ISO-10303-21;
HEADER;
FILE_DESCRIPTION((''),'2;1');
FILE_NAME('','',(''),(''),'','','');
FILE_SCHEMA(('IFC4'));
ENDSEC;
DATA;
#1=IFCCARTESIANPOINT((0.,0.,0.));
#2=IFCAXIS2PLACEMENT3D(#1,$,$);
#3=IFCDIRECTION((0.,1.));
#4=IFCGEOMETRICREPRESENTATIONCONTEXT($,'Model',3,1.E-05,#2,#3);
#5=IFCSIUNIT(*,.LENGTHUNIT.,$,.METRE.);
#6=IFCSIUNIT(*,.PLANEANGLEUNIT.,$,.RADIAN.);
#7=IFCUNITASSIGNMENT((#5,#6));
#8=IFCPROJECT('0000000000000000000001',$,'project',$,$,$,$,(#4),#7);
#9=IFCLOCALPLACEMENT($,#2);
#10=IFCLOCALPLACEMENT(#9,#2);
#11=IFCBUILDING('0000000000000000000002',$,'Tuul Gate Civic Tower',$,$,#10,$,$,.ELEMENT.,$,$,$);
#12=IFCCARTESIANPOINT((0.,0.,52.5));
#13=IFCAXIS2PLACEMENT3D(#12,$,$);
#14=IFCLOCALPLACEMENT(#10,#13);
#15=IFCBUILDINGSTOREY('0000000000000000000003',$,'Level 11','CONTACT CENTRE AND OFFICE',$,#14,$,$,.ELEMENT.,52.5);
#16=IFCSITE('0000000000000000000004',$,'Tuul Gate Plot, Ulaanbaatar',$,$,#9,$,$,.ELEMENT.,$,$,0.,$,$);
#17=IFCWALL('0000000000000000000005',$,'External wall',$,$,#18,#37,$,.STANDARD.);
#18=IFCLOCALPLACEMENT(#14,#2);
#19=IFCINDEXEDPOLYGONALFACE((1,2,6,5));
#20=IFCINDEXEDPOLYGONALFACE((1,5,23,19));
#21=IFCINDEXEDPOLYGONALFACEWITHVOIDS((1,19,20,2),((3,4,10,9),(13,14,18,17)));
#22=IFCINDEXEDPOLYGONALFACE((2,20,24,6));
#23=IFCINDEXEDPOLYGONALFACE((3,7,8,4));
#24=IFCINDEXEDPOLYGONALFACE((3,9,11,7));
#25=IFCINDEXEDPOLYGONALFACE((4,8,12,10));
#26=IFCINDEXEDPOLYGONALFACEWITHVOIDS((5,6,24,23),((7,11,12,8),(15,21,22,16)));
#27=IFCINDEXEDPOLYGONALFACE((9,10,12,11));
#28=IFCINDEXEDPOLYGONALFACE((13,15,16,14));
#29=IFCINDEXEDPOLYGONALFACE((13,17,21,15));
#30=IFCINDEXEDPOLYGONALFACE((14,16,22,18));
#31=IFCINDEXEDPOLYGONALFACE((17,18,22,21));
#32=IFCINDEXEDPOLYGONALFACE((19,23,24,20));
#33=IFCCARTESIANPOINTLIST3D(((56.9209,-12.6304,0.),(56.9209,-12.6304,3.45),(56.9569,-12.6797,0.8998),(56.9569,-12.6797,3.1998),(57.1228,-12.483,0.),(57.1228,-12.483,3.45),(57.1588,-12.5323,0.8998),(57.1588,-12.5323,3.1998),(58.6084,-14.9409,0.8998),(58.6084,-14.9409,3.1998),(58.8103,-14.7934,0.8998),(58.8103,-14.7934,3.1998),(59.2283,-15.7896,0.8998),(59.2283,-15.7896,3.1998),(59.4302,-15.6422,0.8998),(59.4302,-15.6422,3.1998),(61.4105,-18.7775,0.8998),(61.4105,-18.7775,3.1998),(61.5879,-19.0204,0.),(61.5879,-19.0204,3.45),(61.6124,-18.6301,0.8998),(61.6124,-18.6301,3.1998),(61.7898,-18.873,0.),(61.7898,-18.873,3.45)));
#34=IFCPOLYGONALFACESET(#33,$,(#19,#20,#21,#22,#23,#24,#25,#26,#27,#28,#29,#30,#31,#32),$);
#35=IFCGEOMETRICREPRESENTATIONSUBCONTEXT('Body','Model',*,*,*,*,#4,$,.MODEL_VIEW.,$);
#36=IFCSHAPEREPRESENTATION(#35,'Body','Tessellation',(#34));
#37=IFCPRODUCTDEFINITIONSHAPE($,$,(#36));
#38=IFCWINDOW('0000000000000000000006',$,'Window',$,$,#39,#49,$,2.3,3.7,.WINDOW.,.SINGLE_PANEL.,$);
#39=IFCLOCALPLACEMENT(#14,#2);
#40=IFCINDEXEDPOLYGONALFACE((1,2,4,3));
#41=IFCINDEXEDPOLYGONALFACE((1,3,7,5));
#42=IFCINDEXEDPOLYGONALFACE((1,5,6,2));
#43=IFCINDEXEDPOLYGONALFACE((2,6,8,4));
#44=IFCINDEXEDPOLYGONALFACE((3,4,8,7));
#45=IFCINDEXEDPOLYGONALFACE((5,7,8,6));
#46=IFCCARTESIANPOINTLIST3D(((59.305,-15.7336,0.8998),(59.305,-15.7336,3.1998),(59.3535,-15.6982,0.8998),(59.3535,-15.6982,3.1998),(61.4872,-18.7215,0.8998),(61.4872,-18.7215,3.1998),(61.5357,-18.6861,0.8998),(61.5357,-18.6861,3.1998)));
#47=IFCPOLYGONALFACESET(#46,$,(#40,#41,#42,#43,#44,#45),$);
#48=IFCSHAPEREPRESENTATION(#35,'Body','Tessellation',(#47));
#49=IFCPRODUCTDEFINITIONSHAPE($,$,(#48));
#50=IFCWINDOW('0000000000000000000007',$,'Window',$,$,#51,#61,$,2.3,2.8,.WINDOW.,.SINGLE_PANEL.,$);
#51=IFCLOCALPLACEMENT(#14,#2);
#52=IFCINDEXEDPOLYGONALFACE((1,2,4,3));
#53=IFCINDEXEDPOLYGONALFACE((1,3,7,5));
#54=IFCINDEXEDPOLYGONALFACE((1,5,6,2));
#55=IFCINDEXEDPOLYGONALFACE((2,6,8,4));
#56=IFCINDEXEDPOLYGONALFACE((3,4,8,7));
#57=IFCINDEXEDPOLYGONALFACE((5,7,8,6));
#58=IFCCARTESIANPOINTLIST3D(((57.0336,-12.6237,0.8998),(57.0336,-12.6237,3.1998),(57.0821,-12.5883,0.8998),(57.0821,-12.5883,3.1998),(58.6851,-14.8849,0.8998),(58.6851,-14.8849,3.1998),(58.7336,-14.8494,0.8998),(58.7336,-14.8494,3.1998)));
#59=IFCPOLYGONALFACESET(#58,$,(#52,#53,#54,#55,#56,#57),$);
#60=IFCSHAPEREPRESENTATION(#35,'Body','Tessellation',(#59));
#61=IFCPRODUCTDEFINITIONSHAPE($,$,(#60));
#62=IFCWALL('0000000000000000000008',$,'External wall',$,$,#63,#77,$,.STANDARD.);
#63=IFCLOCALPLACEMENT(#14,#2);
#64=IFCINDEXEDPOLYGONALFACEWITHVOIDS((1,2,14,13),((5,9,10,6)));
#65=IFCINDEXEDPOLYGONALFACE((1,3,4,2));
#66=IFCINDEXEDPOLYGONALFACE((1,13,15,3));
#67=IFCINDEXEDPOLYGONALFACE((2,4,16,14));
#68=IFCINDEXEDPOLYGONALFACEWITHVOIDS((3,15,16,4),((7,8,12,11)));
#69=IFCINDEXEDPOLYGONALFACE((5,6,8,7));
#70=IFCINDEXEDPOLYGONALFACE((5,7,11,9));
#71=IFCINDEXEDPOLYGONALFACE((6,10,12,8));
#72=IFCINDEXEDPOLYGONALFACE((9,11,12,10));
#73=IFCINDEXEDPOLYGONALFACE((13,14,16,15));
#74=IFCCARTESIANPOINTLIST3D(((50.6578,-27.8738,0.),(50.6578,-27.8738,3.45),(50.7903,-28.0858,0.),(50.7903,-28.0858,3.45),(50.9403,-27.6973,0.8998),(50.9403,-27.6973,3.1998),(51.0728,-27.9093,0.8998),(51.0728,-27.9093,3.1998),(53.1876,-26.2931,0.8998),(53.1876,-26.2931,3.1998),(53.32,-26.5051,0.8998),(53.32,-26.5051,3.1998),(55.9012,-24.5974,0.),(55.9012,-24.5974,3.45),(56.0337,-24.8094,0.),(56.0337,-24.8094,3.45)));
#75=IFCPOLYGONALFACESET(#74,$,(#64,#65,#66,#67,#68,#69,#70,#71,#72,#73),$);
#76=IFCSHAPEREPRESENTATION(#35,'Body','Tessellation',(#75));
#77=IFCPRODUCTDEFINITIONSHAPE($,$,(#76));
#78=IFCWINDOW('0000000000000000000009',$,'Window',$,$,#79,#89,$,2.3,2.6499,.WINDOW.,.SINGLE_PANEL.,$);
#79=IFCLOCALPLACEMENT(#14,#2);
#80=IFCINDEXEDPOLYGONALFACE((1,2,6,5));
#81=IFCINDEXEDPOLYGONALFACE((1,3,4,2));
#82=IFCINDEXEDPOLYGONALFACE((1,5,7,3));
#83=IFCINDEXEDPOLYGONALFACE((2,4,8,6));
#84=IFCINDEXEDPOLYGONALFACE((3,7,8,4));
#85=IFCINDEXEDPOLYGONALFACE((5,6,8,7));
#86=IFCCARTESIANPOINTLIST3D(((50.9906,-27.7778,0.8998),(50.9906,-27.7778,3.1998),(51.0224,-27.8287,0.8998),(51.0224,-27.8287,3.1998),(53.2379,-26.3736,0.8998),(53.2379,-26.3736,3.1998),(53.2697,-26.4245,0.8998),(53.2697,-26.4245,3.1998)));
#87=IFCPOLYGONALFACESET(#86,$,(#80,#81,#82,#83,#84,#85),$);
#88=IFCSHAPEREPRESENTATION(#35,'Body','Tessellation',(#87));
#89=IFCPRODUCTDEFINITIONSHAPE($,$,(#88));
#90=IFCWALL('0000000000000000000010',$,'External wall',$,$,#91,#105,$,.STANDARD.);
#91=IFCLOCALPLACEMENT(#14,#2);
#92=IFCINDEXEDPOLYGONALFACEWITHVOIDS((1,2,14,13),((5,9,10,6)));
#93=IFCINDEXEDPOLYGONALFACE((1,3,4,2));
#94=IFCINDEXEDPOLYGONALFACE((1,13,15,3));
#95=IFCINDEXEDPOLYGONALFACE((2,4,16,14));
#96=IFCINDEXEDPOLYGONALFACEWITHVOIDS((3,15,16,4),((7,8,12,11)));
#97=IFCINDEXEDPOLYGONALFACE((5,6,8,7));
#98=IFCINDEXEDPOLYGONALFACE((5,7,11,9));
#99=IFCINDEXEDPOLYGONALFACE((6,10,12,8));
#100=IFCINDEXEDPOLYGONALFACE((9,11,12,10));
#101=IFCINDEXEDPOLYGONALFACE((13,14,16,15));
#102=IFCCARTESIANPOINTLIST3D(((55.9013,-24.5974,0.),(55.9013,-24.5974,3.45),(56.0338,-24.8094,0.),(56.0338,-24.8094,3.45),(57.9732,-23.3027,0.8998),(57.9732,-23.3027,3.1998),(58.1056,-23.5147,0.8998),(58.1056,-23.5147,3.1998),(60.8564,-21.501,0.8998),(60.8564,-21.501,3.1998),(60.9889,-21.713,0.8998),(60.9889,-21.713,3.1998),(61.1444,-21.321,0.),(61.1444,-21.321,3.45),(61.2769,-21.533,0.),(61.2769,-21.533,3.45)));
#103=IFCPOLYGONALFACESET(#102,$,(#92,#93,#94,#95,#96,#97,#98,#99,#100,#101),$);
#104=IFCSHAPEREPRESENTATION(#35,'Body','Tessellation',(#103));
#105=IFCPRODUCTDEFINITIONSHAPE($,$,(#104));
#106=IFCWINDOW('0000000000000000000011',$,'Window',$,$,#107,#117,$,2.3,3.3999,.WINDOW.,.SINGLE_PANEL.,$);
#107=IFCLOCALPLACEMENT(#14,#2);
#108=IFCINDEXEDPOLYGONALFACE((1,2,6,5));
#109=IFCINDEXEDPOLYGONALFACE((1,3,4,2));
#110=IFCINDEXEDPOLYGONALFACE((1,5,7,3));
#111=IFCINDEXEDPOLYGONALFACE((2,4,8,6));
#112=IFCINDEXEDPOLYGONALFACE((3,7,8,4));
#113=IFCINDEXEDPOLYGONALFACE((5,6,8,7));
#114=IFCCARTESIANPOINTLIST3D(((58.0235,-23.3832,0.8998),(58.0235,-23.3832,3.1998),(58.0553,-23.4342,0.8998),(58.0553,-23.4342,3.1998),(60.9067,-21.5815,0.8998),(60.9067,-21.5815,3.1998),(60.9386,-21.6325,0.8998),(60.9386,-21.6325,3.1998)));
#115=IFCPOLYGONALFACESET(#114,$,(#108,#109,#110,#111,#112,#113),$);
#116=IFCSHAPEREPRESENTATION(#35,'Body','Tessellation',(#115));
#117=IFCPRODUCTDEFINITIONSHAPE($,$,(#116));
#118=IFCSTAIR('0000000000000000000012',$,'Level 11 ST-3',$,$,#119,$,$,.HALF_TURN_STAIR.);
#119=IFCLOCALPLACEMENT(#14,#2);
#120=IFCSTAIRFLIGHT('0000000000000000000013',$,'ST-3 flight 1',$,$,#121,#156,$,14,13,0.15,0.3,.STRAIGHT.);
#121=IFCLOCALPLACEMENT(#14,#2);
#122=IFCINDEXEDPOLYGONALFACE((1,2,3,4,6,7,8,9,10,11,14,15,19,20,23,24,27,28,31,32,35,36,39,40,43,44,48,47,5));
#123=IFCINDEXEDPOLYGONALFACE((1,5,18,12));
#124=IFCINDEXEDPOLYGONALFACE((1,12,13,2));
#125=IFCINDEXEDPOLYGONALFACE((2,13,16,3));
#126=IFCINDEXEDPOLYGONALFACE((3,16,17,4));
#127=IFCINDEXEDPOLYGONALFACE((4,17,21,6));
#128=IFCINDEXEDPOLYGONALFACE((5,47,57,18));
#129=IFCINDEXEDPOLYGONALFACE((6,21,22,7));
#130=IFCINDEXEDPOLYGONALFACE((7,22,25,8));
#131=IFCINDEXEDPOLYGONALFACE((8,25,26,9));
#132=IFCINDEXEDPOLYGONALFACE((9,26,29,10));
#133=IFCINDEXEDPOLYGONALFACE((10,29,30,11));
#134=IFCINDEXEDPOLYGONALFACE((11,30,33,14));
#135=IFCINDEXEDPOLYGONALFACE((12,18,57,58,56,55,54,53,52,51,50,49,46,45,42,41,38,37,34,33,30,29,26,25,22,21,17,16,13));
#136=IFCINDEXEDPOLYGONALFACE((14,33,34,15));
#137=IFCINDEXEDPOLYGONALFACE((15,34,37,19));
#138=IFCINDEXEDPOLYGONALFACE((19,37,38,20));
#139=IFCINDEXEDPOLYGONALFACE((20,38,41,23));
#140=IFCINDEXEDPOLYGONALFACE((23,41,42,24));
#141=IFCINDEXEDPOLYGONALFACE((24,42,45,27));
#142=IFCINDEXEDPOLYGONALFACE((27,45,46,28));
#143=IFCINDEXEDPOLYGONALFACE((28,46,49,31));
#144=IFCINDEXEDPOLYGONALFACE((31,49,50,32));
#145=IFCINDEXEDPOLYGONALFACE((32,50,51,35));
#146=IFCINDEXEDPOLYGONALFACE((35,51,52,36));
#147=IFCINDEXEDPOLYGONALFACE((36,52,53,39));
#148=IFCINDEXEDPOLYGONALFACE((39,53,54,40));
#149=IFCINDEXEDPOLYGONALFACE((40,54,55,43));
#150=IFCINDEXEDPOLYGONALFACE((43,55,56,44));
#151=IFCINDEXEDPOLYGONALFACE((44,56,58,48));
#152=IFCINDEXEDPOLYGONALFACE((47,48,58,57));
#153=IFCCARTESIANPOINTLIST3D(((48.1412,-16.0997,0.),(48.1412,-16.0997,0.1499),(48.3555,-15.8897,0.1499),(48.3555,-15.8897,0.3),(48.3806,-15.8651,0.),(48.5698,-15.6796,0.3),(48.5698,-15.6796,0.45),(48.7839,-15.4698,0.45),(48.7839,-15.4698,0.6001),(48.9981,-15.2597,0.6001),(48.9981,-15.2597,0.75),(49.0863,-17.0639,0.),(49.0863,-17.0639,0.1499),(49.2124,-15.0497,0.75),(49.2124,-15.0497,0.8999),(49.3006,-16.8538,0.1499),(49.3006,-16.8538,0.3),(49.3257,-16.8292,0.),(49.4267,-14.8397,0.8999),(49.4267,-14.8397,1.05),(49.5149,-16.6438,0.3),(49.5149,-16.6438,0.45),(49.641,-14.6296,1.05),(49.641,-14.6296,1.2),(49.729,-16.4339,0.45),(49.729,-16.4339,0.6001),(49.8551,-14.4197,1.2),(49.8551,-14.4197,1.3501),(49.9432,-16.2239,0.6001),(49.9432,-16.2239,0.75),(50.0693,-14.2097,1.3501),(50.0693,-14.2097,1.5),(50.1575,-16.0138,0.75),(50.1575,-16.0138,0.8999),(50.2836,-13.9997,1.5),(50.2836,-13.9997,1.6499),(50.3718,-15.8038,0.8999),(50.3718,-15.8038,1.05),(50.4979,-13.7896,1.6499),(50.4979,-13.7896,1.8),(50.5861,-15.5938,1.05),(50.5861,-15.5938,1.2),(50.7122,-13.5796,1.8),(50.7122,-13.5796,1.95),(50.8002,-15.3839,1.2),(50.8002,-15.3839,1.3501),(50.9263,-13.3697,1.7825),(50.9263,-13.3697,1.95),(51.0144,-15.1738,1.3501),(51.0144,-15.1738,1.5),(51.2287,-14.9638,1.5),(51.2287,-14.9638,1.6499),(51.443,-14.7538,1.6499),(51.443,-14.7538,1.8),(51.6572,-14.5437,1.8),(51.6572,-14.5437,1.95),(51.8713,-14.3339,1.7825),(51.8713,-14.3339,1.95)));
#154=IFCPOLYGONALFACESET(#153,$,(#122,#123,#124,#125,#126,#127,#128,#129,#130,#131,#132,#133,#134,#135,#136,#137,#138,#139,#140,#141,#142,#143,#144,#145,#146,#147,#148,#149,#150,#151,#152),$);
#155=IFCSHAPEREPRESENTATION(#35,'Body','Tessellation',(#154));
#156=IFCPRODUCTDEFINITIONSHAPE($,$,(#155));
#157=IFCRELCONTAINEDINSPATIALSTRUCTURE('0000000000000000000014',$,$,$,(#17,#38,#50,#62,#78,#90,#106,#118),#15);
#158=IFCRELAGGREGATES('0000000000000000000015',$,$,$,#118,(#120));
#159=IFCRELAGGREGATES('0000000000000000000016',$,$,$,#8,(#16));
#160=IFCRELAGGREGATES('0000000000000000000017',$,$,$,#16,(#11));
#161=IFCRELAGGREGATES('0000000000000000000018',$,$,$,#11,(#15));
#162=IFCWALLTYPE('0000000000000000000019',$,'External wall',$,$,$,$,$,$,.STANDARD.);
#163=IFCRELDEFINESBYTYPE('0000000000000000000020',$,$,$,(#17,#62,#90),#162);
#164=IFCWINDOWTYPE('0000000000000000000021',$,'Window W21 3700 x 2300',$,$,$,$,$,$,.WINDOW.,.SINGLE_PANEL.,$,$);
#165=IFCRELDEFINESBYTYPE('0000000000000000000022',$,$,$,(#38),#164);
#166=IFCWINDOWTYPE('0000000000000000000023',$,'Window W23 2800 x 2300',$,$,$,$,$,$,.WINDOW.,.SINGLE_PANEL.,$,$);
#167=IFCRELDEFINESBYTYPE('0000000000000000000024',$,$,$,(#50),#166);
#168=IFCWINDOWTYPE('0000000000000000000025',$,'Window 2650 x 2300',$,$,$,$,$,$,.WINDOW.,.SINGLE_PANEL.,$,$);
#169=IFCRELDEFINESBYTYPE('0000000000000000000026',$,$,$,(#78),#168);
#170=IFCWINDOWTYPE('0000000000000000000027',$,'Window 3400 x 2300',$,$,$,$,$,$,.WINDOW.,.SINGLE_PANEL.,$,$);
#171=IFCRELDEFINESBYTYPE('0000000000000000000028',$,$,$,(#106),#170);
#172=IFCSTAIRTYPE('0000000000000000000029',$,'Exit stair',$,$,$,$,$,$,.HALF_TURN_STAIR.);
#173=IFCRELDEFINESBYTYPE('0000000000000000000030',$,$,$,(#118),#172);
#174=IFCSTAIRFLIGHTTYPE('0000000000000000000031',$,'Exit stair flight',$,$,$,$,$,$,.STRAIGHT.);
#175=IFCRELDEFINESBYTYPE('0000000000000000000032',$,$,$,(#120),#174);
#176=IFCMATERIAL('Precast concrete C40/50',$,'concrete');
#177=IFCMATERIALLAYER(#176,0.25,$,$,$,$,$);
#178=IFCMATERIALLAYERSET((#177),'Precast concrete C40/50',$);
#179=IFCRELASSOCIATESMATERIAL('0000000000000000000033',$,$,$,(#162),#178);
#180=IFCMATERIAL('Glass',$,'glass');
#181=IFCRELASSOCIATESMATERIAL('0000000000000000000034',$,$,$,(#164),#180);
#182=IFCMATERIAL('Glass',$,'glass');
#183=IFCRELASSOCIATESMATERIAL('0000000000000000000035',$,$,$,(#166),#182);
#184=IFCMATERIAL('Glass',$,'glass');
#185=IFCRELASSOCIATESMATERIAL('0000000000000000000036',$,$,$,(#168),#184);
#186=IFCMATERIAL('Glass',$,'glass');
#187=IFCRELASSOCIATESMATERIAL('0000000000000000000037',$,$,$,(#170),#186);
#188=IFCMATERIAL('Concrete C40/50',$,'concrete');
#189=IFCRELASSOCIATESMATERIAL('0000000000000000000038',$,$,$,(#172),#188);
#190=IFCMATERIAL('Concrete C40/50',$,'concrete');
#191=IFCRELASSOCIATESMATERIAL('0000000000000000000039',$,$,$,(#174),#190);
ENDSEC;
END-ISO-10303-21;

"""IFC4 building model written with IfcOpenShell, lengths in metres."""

from ifc_helpers import new_model, si_unit, direction, frame, frame_2d, origin, place, context, subcontext, project, spatial, polyline, rectangle, outline, extrude, material, layer, layer_set, type_object, element, fill, aggregate, save


model = new_model("IFC4")

# Units and contexts
model_context = context("Model", 3, precision=1e-05, world=origin(), true_north=direction((0.0, 1.0)))
body_context = subcontext(model_context, "Body", "Model", "MODEL_VIEW")
ifc_project = project(units=[si_unit("LENGTHUNIT", "METRE"), si_unit("PLANEANGLEUNIT", "RADIAN")], contexts=[model_context])

# Site, building, storey
site_placement = place(None, origin())
site = spatial("IfcSite", under=ifc_project, at=site_placement, Name="Tuul Gate Plot, Ulaanbaatar", CompositionType="ELEMENT", RefElevation=0.0)
building_placement = place(site_placement, origin())
building = spatial("IfcBuilding", under=site, at=building_placement, Name="Tuul Gate Civic Tower", CompositionType="ELEMENT")
storey_placement = place(building_placement, frame((0.0, 0.0, 52.5)))
storey = spatial("IfcBuildingStorey", under=building, at=storey_placement, Name="Level 11", Description="CONTACT CENTRE AND OFFICE", CompositionType="ELEMENT", Elevation=52.5)

# Shared definitions
ifc_material_1 = material(Name="Precast concrete C40/50", Category="concrete")
ifc_layer_1 = layer(ifc_material_1, 0.25)
ifc_layer_set_1 = layer_set([ifc_layer_1], Name="Precast concrete C40/50")
wall_type_1 = type_object("IfcWallType", Name="External wall", PredefinedType="STANDARD", material=ifc_layer_set_1)

# Wall, openings, windows
wall_1_placement = place(storey_placement, frame((61.689, -18.9468, 0.0), z_axis=(0.0, 0.0, 1.0), x_axis=(-0.589807, 0.807544, 0.0)))
wall_1 = element("IfcWall", 1, at=wall_1_placement, inside=storey, type_object=wall_type_1, Name="External wall", PredefinedType="STANDARD", context=body_context, shape_type="SweptSolid", body=[
    extrude(rectangle(XDim=7.9128, YDim=0.25, at=frame_2d((3.9565, 0.0))), origin(), (0.0, 0.0, 1.0), 3.45),
])
opening_1_placement = place(wall_1_placement, frame((0.3008, 0.0, 0.8999)))
opening_1 = element("IfcOpeningElement", 2, at=opening_1_placement, cuts=wall_1, PredefinedType="OPENING", context=body_context, shape_type="SweptSolid", body=[
    extrude(rectangle(XDim=3.7, YDim=2.3, at=frame_2d((1.8501, 1.1499))), frame((0.0, 0.135, 0.0), z_axis=(0.0, -1.0, 0.0), x_axis=(1.0, 0.0, 0.0)), (0.0, 0.0, 1.0), 0.27),
])
opening_2_placement = place(wall_1_placement, frame((5.052, 0.0, 0.8999)))
opening_2 = element("IfcOpeningElement", 3, at=opening_2_placement, cuts=wall_1, PredefinedType="OPENING", context=body_context, shape_type="SweptSolid", body=[
    extrude(rectangle(XDim=2.8, YDim=2.3, at=frame_2d((1.3999, 1.1499))), frame((0.0, 0.135, 0.0), z_axis=(0.0, -1.0, 0.0), x_axis=(1.0, 0.0, 0.0)), (0.0, 0.0, 1.0), 0.27),
])
ifc_material_2 = material(Name="Glass", Category="glass")
window_type_1 = type_object("IfcWindowType", Name="Window W21 3700 x 2300", PartitioningType="SINGLE_PANEL", PredefinedType="WINDOW", material=ifc_material_2)
window_1_placement = place(opening_1_placement, origin())
window_1 = element("IfcWindow", 4, at=window_1_placement, inside=storey, type_object=window_type_1, Name="Window", OverallHeight=2.3, OverallWidth=3.7, PartitioningType="SINGLE_PANEL", PredefinedType="WINDOW", context=body_context, shape_type="SweptSolid", body=[
    extrude(rectangle(XDim=3.7, YDim=2.3, at=frame_2d((1.8501, 1.1499))), frame((0.0, 0.03, 0.0), z_axis=(0.0, -1.0, 0.0), x_axis=(1.0, 0.0, 0.0)), (0.0, 0.0, 1.0), 0.0601),
])
fill(opening_1, window_1)
ifc_material_3 = material(Name="Glass", Category="glass")
window_type_2 = type_object("IfcWindowType", Name="Window W23 2800 x 2300", PartitioningType="SINGLE_PANEL", PredefinedType="WINDOW", material=ifc_material_3)
window_2_placement = place(opening_2_placement, origin())
window_2 = element("IfcWindow", 5, at=window_2_placement, inside=storey, type_object=window_type_2, Name="Window", OverallHeight=2.3, OverallWidth=2.8, PartitioningType="SINGLE_PANEL", PredefinedType="WINDOW", context=body_context, shape_type="SweptSolid", body=[
    extrude(rectangle(XDim=2.8, YDim=2.3, at=frame_2d((1.3999, 1.1499))), frame((0.0, 0.03, 0.0), z_axis=(0.0, -1.0, 0.0), x_axis=(1.0, 0.0, 0.0)), (0.0, 0.0, 1.0), 0.0601),
])
fill(opening_2, window_2)

# Walls, openings, windows
wall_2_placement = place(storey_placement, frame((50.7241, -27.9797, 0.0), z_axis=(0.0, 0.0, 1.0), x_axis=(0.848054, 0.52991, 0.0)))
wall_2 = element("IfcWall", 6, at=wall_2_placement, inside=storey, type_object=wall_type_1, Name="External wall", PredefinedType="STANDARD", context=body_context, shape_type="SweptSolid", body=[
    extrude(rectangle(XDim=6.1829, YDim=0.25, at=frame_2d((3.0913, 0.0))), origin(), (0.0, 0.0, 1.0), 3.45),
])
opening_3_placement = place(wall_2_placement, frame((0.333, 0.0, 0.8999)))
opening_3 = element("IfcOpeningElement", 7, at=opening_3_placement, cuts=wall_2, PredefinedType="OPENING", context=body_context, shape_type="SweptSolid", body=[
    extrude(rectangle(XDim=2.6499, YDim=2.3, at=frame_2d((1.325, 1.1499))), frame((0.0, 0.135, 0.0), z_axis=(0.0, -1.0, 0.0), x_axis=(1.0, 0.0, 0.0)), (0.0, 0.0, 1.0), 0.27),
])
ifc_material_4 = material(Name="Glass", Category="glass")
window_type_3 = type_object("IfcWindowType", Name="Window 2650 x 2300", PartitioningType="SINGLE_PANEL", PredefinedType="WINDOW", material=ifc_material_4)
window_3_placement = place(opening_3_placement, origin())
window_3 = element("IfcWindow", 8, at=window_3_placement, inside=storey, type_object=window_type_3, Name="Window", OverallHeight=2.3, OverallWidth=2.6499, PartitioningType="SINGLE_PANEL", PredefinedType="WINDOW", context=body_context, shape_type="SweptSolid", body=[
    extrude(rectangle(XDim=2.6499, YDim=2.3, at=frame_2d((1.325, 1.1499))), frame((0.0, 0.03, 0.0), z_axis=(0.0, -1.0, 0.0), x_axis=(1.0, 0.0, 0.0)), (0.0, 0.0, 1.0), 0.0601),
])
fill(opening_3, window_3)
wall_3_placement = place(storey_placement, frame((55.9675, -24.7034, 0.0), z_axis=(0.0, 0.0, 1.0), x_axis=(0.848043, 0.529928, 0.0)))
wall_3 = element("IfcWall", 9, at=wall_3_placement, inside=storey, type_object=wall_type_1, Name="External wall", PredefinedType="STANDARD", context=body_context, shape_type="SweptSolid", body=[
    extrude(rectangle(XDim=6.1826, YDim=0.25, at=frame_2d((3.0913, 0.0))), origin(), (0.0, 0.0, 1.0), 3.45),
])
opening_4_placement = place(wall_3_placement, frame((2.4431, 0.0, 0.8999)))
opening_4 = element("IfcOpeningElement", 10, at=opening_4_placement, cuts=wall_3, PredefinedType="OPENING", context=body_context, shape_type="SweptSolid", body=[
    extrude(rectangle(XDim=3.3999, YDim=2.3, at=frame_2d((1.7, 1.1499))), frame((0.0, 0.135, 0.0), z_axis=(0.0, -1.0, 0.0), x_axis=(1.0, 0.0, 0.0)), (0.0, 0.0, 1.0), 0.27),
])
ifc_material_5 = material(Name="Glass", Category="glass")
window_type_4 = type_object("IfcWindowType", Name="Window 3400 x 2300", PartitioningType="SINGLE_PANEL", PredefinedType="WINDOW", material=ifc_material_5)
window_4_placement = place(opening_4_placement, origin())
window_4 = element("IfcWindow", 11, at=window_4_placement, inside=storey, type_object=window_type_4, Name="Window", OverallHeight=2.3, OverallWidth=3.3999, PartitioningType="SINGLE_PANEL", PredefinedType="WINDOW", context=body_context, shape_type="SweptSolid", body=[
    extrude(rectangle(XDim=3.3999, YDim=2.3, at=frame_2d((1.7, 1.1499))), frame((0.0, 0.03, 0.0), z_axis=(0.0, -1.0, 0.0), x_axis=(1.0, 0.0, 0.0)), (0.0, 0.0, 1.0), 0.0601),
])
fill(opening_4, window_4)

# Stair, stair flight
ifc_material_6 = material(Name="Concrete C40/50", Category="concrete")
stair_type = type_object("IfcStairType", Name="Exit stair", PredefinedType="HALF_TURN_STAIR", material=ifc_material_6)
stair_placement = place(storey_placement, origin())
stair = element("IfcStair", 12, at=stair_placement, inside=storey, type_object=stair_type, Name="Level 11 ST-3", PredefinedType="HALF_TURN_STAIR")
ifc_material_7 = material(Name="Concrete C40/50", Category="concrete")
stair_flight_type = type_object("IfcStairFlightType", Name="Exit stair flight", PredefinedType="STRAIGHT", material=ifc_material_7)
stair_flight_placement = place(storey_placement, frame((48.6138, -16.5818, 0.0), z_axis=(0.0, 0.0, 1.0), x_axis=(0.714127, 0.700016, 0.0)))
stair_flight = element("IfcStairFlight", 13, at=stair_flight_placement, type_object=stair_flight_type, Name="ST-3 flight 1", NumberOfRisers=14, NumberOfTreads=13, PredefinedType="STRAIGHT", RiserHeight=0.15, TreadLength=0.3, context=body_context, shape_type="SweptSolid", body=[
    extrude(outline(polyline([(0.0, 0.0), (0.0, 0.1499), (0.3, 0.1499), (0.3, 0.3), (0.6001, 0.3), (0.6001, 0.45), (0.8999, 0.45), (0.8999, 0.6001), (1.2, 0.6001), (1.2, 0.75), (1.5, 0.75), (1.5, 0.8999), (1.8, 0.8999), (1.8, 1.05), (2.1001, 1.05), (2.1001, 1.2), (2.3999, 1.2), (2.3999, 1.3501), (2.7, 1.3501), (2.7, 1.5), (3.0, 1.5), (3.0, 1.6499), (3.3, 1.6499), (3.3, 1.8), (3.6001, 1.8), (3.6001, 1.95), (3.8999, 1.95), (3.8999, 2.1001), (3.8999, 1.7825), (0.3352, 0.0), (0.0, 0.0)])), frame((0.0, 0.675, 0.0), z_axis=(0.0, -1.0, 0.0), x_axis=(1.0, 0.0, 0.0)), (0.0, 0.0, 1.0), 1.3501),
])
aggregate(stair, [stair_flight])

save(model, "model.ifc")
